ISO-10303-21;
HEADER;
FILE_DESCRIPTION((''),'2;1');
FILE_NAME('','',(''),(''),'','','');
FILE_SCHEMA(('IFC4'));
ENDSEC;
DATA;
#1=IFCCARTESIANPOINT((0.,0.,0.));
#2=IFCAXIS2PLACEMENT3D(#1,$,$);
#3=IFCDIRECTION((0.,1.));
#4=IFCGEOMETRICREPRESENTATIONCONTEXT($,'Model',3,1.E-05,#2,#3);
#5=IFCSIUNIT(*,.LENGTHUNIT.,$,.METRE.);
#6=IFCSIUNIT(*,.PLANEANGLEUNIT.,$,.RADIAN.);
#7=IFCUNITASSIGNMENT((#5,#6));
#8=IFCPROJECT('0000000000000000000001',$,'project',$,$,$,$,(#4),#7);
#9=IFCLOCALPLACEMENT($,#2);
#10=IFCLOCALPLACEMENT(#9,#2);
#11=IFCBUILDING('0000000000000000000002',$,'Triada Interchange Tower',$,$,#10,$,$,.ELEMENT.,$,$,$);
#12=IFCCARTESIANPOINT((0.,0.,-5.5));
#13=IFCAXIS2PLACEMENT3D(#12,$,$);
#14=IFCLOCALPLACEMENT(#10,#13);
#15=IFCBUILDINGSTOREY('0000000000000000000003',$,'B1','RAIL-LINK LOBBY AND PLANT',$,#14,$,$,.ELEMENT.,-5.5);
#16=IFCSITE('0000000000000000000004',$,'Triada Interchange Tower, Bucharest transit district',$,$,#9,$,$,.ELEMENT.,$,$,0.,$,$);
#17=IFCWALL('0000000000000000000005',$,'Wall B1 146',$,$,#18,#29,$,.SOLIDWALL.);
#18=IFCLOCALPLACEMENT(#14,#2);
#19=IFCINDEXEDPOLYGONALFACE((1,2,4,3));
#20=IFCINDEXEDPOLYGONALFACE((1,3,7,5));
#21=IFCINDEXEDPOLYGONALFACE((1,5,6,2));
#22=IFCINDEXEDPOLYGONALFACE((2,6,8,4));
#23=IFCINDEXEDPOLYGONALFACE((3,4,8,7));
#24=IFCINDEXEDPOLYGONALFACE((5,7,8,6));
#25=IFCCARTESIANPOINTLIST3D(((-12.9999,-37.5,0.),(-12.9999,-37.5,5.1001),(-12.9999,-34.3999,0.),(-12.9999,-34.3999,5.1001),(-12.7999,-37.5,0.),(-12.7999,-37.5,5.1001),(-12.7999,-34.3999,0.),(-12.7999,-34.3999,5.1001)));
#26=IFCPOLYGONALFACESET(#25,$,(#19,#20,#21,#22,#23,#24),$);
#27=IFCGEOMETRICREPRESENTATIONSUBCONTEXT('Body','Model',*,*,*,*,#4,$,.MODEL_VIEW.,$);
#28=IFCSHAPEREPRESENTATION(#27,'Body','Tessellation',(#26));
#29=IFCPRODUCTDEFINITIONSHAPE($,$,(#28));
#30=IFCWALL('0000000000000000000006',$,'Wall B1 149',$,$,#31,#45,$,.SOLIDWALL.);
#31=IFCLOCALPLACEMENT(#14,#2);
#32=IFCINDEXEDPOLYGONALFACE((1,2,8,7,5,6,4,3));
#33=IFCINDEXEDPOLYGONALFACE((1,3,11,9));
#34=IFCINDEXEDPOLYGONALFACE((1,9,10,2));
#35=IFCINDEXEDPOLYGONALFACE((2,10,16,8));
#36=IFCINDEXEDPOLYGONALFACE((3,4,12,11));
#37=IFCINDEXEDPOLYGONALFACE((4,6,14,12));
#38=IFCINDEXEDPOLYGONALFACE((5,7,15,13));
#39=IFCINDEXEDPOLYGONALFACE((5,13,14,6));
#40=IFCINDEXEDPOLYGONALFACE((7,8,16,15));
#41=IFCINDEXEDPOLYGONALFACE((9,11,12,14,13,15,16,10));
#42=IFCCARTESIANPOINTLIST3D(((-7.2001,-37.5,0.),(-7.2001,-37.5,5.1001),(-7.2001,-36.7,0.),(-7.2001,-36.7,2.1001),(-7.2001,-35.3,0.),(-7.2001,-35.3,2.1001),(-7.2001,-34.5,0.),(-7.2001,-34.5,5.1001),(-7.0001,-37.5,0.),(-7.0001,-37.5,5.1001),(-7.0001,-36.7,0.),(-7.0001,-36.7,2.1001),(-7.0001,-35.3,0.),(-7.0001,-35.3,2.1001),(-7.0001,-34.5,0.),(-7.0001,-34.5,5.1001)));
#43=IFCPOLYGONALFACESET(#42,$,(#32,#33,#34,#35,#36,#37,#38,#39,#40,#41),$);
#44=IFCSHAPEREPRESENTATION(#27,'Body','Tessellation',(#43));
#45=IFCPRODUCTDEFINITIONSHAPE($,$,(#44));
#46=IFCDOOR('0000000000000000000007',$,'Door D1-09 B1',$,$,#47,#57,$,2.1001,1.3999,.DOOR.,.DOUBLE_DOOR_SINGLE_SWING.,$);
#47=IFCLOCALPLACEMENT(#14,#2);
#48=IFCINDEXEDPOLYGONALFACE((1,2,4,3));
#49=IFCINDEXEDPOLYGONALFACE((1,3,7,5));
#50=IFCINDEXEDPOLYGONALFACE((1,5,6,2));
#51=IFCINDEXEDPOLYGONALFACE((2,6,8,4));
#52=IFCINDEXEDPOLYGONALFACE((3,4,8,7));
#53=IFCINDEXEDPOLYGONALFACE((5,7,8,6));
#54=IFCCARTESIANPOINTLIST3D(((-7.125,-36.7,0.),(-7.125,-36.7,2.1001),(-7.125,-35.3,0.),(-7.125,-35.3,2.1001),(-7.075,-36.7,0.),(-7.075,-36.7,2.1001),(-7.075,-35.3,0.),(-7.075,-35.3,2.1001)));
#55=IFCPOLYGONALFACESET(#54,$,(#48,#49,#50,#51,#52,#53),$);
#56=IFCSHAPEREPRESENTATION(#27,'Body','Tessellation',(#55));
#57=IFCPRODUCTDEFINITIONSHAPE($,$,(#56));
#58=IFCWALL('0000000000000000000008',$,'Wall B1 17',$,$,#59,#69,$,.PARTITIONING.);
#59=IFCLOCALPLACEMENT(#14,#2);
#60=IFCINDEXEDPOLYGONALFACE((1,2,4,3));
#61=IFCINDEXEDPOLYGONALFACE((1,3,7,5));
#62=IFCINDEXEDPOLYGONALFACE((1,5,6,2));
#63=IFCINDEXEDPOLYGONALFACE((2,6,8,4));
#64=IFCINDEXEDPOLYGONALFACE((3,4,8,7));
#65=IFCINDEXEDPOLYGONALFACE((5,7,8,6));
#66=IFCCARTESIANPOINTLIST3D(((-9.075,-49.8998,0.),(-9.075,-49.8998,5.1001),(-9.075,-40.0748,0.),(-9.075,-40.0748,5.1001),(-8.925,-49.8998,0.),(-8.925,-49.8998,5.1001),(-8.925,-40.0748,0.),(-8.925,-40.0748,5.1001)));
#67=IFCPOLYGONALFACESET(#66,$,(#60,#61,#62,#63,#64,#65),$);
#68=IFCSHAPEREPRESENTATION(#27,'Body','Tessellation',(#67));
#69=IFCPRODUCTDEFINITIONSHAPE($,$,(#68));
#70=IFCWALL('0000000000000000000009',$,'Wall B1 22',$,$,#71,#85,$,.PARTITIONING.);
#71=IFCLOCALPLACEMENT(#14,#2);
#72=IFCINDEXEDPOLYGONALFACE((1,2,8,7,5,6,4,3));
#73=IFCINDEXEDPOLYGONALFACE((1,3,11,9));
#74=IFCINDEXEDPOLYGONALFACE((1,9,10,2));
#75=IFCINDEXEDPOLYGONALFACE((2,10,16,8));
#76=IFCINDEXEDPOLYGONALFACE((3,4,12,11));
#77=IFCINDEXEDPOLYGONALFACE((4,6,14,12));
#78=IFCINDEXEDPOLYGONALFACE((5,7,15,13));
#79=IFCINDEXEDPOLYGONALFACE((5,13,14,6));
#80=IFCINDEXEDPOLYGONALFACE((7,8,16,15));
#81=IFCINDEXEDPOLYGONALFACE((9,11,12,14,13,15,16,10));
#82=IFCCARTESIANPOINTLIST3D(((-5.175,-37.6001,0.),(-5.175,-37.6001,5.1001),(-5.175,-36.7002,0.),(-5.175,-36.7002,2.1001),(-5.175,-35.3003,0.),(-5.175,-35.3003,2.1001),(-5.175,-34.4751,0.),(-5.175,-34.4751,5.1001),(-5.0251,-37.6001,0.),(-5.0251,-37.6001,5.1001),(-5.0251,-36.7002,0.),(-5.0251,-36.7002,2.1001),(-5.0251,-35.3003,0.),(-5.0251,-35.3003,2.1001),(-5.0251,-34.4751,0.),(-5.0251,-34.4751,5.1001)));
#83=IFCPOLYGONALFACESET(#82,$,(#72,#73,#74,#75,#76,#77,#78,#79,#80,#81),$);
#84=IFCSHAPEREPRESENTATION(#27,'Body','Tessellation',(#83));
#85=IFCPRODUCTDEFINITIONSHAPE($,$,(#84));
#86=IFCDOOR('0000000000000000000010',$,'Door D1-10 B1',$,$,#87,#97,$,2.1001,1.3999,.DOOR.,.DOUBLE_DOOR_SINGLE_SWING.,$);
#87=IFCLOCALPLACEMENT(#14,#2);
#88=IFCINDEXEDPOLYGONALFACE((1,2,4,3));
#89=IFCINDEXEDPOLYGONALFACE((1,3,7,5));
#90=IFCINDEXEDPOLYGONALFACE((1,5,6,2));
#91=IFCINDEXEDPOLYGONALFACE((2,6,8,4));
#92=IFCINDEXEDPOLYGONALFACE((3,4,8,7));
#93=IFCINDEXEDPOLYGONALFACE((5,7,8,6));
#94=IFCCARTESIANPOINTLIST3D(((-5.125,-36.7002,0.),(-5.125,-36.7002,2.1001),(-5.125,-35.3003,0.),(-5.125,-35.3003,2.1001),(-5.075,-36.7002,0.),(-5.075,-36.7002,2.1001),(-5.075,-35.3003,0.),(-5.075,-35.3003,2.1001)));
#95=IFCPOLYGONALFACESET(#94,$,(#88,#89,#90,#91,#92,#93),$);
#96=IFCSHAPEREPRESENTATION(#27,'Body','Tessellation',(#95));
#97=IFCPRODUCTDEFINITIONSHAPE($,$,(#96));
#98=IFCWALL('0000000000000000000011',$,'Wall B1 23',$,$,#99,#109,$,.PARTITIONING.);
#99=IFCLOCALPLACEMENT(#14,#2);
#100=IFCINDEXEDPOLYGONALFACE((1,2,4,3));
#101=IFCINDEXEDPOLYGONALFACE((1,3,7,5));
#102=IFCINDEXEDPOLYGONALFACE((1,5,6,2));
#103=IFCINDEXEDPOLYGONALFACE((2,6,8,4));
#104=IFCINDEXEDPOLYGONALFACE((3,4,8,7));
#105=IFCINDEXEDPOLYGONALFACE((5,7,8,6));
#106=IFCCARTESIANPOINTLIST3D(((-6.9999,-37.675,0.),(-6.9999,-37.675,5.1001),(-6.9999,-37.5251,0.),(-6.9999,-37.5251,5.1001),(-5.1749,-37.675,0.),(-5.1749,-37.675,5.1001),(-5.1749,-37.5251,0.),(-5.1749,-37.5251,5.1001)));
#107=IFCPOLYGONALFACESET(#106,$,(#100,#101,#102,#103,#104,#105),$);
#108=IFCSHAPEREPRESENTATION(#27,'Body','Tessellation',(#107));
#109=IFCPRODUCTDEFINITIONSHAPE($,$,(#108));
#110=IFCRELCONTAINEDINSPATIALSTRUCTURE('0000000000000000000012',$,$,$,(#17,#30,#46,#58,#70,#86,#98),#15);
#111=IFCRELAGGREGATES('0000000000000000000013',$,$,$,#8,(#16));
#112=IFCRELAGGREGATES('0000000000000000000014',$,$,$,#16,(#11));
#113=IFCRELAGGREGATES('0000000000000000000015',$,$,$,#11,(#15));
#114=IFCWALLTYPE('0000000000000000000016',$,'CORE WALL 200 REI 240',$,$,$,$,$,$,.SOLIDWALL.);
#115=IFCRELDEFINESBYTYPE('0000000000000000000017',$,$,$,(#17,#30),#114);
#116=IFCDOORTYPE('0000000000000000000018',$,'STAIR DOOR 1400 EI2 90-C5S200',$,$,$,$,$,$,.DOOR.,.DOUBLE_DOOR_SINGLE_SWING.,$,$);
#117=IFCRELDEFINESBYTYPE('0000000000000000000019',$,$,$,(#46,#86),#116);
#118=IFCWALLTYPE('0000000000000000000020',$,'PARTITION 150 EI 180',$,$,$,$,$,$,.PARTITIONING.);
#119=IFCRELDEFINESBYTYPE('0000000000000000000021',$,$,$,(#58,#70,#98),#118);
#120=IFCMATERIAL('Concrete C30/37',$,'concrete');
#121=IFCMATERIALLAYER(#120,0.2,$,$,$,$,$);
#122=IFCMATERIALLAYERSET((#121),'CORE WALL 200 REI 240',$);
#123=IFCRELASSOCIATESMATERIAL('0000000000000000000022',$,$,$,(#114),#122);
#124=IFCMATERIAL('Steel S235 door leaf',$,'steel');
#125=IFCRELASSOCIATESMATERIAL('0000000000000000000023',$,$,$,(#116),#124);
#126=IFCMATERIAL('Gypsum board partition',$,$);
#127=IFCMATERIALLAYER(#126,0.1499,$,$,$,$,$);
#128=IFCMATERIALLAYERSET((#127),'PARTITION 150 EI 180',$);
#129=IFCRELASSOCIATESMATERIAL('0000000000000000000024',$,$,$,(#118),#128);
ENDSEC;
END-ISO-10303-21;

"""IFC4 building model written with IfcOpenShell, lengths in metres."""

from ifc_helpers import new_model, si_unit, direction, frame, frame_2d, origin, place, context, subcontext, project, spatial, rectangle, extrude, material, layer, layer_set, type_object, element, fill, save


model = new_model("IFC4")

# Units and contexts
model_context = context("Model", 3, precision=1e-05, world=origin(), true_north=direction((0.0, 1.0)))
body_context = subcontext(model_context, "Body", "Model", "MODEL_VIEW")
ifc_project = project(units=[si_unit("LENGTHUNIT", "METRE"), si_unit("PLANEANGLEUNIT", "RADIAN")], contexts=[model_context])

# Site, building, storey
site_placement = place(None, origin())
site = spatial("IfcSite", under=ifc_project, at=site_placement, Name="Triada Interchange Tower, Bucharest transit district", CompositionType="ELEMENT", RefElevation=0.0)
building_placement = place(site_placement, origin())
building = spatial("IfcBuilding", under=site, at=building_placement, Name="Triada Interchange Tower", CompositionType="ELEMENT")
storey_placement = place(building_placement, frame((0.0, 0.0, -5.5)))
storey = spatial("IfcBuildingStorey", under=building, at=storey_placement, Name="B1", Description="RAIL-LINK LOBBY AND PLANT", CompositionType="ELEMENT", Elevation=-5.5)

# Wall
ifc_material_1 = material(Name="Concrete C30/37", Category="concrete")
ifc_layer_1 = layer(ifc_material_1, 0.2)
ifc_layer_set_1 = layer_set([ifc_layer_1], Name="CORE WALL 200 REI 240")
wall_type_1 = type_object("IfcWallType", Name="CORE WALL 200 REI 240", PredefinedType="SOLIDWALL", material=ifc_layer_set_1)
wall_1_placement = place(storey_placement, frame((-12.8999, -37.5, 0.0), z_axis=(0.0, 0.0, 1.0), x_axis=(0.0, 1.0, 0.0)))
element("IfcWall", 1, at=wall_1_placement, inside=storey, type_object=wall_type_1, Name="Wall B1 146", PredefinedType="SOLIDWALL", context=body_context, shape_type="SweptSolid", body=[
    extrude(rectangle(XDim=3.1001, YDim=0.2, at=frame_2d((1.55, 0.0))), origin(), (0.0, 0.0, 1.0), 5.1001),
])

# Wall, opening, door
wall_2_placement = place(storey_placement, frame((-7.1001, -37.5, 0.0), z_axis=(0.0, 0.0, 1.0), x_axis=(0.0, 1.0, 0.0)))
wall_2 = element("IfcWall", 2, at=wall_2_placement, inside=storey, type_object=wall_type_1, Name="Wall B1 149", PredefinedType="SOLIDWALL", context=body_context, shape_type="SweptSolid", body=[
    extrude(rectangle(XDim=3.0, YDim=0.2, at=frame_2d((1.5, 0.0))), origin(), (0.0, 0.0, 1.0), 5.1001),
])
opening_1_placement = place(wall_2_placement, frame((0.8, 0.0, 0.0)))
opening_1 = element("IfcOpeningElement", 3, at=opening_1_placement, cuts=wall_2, PredefinedType="OPENING", context=body_context, shape_type="SweptSolid", body=[
    extrude(rectangle(XDim=1.3999, YDim=2.1001, at=frame_2d((0.7, 1.05))), frame((0.0, 0.1099, 0.0), z_axis=(0.0, -1.0, 0.0), x_axis=(1.0, 0.0, 0.0)), (0.0, 0.0, 1.0), 0.22),
])
ifc_material_2 = material(Name="Steel S235 door leaf", Category="steel")
door_type = type_object("IfcDoorType", Name="STAIR DOOR 1400 EI2 90-C5S200", OperationType="DOUBLE_DOOR_SINGLE_SWING", PredefinedType="DOOR", material=ifc_material_2)
door_1_placement = place(opening_1_placement, origin())
door_1 = element("IfcDoor", 4, at=door_1_placement, inside=storey, type_object=door_type, Name="Door D1-09 B1", OperationType="DOUBLE_DOOR_SINGLE_SWING", OverallHeight=2.1001, OverallWidth=1.3999, PredefinedType="DOOR", context=body_context, shape_type="SweptSolid", body=[
    extrude(rectangle(XDim=1.3999, YDim=2.1001, at=frame_2d((0.7, 1.05))), frame((0.0, 0.0249, 0.0), z_axis=(0.0, -1.0, 0.0), x_axis=(1.0, 0.0, 0.0)), (0.0, 0.0, 1.0), 0.05),
])
fill(opening_1, door_1)

# Wall
ifc_material_3 = material(Name="Gypsum board partition")
ifc_layer_2 = layer(ifc_material_3, 0.1499)
ifc_layer_set_2 = layer_set([ifc_layer_2], Name="PARTITION 150 EI 180")
wall_type_2 = type_object("IfcWallType", Name="PARTITION 150 EI 180", PredefinedType="PARTITIONING", material=ifc_layer_set_2)
wall_3_placement = place(storey_placement, frame((-9.0, -49.8999, 0.0), z_axis=(0.0, 0.0, 1.0), x_axis=(0.0, 1.0, 0.0)))
element("IfcWall", 5, at=wall_3_placement, inside=storey, type_object=wall_type_2, Name="Wall B1 17", PredefinedType="PARTITIONING", context=body_context, shape_type="SweptSolid", body=[
    extrude(rectangle(XDim=9.825, YDim=0.1499, at=frame_2d((4.9126, 0.0))), origin(), (0.0, 0.0, 1.0), 5.1001),
])

# Wall, opening, door
wall_4_placement = place(storey_placement, frame((-5.1001, -37.6001, 0.0), z_axis=(0.0, 0.0, 1.0), x_axis=(0.0, 1.0, 0.0)))
wall_4 = element("IfcWall", 6, at=wall_4_placement, inside=storey, type_object=wall_type_2, Name="Wall B1 22", PredefinedType="PARTITIONING", context=body_context, shape_type="SweptSolid", body=[
    extrude(rectangle(XDim=3.125, YDim=0.1499, at=frame_2d((1.5625, 0.0))), origin(), (0.0, 0.0, 1.0), 5.1001),
])
opening_2_placement = place(wall_4_placement, frame((0.8999, 0.0, 0.0)))
opening_2 = element("IfcOpeningElement", 7, at=opening_2_placement, cuts=wall_4, PredefinedType="OPENING", context=body_context, shape_type="SweptSolid", body=[
    extrude(rectangle(XDim=1.3999, YDim=2.1001, at=frame_2d((0.7, 1.05))), frame((0.0, 0.085, 0.0), z_axis=(0.0, -1.0, 0.0), x_axis=(1.0, 0.0, 0.0)), (0.0, 0.0, 1.0), 0.1699),
])
door_2_placement = place(opening_2_placement, origin())
door_2 = element("IfcDoor", 8, at=door_2_placement, inside=storey, type_object=door_type, Name="Door D1-10 B1", OperationType="DOUBLE_DOOR_SINGLE_SWING", OverallHeight=2.1001, OverallWidth=1.3999, PredefinedType="DOOR", context=body_context, shape_type="SweptSolid", body=[
    extrude(rectangle(XDim=1.3999, YDim=2.1001, at=frame_2d((0.7, 1.05))), frame((0.0, 0.0249, 0.0), z_axis=(0.0, -1.0, 0.0), x_axis=(1.0, 0.0, 0.0)), (0.0, 0.0, 1.0), 0.05),
])
fill(opening_2, door_2)

# Wall
wall_5_placement = place(storey_placement, frame((-7.0, -37.6001, 0.0), z_axis=(0.0, 0.0, 1.0), x_axis=(1.0, 0.0, 0.0)))
element("IfcWall", 9, at=wall_5_placement, inside=storey, type_object=wall_type_2, Name="Wall B1 23", PredefinedType="PARTITIONING", context=body_context, shape_type="SweptSolid", body=[
    extrude(rectangle(XDim=1.825, YDim=0.1499, at=frame_2d((0.9126, 0.0))), origin(), (0.0, 0.0, 1.0), 5.1001),
])

save(model, "model.ifc")
